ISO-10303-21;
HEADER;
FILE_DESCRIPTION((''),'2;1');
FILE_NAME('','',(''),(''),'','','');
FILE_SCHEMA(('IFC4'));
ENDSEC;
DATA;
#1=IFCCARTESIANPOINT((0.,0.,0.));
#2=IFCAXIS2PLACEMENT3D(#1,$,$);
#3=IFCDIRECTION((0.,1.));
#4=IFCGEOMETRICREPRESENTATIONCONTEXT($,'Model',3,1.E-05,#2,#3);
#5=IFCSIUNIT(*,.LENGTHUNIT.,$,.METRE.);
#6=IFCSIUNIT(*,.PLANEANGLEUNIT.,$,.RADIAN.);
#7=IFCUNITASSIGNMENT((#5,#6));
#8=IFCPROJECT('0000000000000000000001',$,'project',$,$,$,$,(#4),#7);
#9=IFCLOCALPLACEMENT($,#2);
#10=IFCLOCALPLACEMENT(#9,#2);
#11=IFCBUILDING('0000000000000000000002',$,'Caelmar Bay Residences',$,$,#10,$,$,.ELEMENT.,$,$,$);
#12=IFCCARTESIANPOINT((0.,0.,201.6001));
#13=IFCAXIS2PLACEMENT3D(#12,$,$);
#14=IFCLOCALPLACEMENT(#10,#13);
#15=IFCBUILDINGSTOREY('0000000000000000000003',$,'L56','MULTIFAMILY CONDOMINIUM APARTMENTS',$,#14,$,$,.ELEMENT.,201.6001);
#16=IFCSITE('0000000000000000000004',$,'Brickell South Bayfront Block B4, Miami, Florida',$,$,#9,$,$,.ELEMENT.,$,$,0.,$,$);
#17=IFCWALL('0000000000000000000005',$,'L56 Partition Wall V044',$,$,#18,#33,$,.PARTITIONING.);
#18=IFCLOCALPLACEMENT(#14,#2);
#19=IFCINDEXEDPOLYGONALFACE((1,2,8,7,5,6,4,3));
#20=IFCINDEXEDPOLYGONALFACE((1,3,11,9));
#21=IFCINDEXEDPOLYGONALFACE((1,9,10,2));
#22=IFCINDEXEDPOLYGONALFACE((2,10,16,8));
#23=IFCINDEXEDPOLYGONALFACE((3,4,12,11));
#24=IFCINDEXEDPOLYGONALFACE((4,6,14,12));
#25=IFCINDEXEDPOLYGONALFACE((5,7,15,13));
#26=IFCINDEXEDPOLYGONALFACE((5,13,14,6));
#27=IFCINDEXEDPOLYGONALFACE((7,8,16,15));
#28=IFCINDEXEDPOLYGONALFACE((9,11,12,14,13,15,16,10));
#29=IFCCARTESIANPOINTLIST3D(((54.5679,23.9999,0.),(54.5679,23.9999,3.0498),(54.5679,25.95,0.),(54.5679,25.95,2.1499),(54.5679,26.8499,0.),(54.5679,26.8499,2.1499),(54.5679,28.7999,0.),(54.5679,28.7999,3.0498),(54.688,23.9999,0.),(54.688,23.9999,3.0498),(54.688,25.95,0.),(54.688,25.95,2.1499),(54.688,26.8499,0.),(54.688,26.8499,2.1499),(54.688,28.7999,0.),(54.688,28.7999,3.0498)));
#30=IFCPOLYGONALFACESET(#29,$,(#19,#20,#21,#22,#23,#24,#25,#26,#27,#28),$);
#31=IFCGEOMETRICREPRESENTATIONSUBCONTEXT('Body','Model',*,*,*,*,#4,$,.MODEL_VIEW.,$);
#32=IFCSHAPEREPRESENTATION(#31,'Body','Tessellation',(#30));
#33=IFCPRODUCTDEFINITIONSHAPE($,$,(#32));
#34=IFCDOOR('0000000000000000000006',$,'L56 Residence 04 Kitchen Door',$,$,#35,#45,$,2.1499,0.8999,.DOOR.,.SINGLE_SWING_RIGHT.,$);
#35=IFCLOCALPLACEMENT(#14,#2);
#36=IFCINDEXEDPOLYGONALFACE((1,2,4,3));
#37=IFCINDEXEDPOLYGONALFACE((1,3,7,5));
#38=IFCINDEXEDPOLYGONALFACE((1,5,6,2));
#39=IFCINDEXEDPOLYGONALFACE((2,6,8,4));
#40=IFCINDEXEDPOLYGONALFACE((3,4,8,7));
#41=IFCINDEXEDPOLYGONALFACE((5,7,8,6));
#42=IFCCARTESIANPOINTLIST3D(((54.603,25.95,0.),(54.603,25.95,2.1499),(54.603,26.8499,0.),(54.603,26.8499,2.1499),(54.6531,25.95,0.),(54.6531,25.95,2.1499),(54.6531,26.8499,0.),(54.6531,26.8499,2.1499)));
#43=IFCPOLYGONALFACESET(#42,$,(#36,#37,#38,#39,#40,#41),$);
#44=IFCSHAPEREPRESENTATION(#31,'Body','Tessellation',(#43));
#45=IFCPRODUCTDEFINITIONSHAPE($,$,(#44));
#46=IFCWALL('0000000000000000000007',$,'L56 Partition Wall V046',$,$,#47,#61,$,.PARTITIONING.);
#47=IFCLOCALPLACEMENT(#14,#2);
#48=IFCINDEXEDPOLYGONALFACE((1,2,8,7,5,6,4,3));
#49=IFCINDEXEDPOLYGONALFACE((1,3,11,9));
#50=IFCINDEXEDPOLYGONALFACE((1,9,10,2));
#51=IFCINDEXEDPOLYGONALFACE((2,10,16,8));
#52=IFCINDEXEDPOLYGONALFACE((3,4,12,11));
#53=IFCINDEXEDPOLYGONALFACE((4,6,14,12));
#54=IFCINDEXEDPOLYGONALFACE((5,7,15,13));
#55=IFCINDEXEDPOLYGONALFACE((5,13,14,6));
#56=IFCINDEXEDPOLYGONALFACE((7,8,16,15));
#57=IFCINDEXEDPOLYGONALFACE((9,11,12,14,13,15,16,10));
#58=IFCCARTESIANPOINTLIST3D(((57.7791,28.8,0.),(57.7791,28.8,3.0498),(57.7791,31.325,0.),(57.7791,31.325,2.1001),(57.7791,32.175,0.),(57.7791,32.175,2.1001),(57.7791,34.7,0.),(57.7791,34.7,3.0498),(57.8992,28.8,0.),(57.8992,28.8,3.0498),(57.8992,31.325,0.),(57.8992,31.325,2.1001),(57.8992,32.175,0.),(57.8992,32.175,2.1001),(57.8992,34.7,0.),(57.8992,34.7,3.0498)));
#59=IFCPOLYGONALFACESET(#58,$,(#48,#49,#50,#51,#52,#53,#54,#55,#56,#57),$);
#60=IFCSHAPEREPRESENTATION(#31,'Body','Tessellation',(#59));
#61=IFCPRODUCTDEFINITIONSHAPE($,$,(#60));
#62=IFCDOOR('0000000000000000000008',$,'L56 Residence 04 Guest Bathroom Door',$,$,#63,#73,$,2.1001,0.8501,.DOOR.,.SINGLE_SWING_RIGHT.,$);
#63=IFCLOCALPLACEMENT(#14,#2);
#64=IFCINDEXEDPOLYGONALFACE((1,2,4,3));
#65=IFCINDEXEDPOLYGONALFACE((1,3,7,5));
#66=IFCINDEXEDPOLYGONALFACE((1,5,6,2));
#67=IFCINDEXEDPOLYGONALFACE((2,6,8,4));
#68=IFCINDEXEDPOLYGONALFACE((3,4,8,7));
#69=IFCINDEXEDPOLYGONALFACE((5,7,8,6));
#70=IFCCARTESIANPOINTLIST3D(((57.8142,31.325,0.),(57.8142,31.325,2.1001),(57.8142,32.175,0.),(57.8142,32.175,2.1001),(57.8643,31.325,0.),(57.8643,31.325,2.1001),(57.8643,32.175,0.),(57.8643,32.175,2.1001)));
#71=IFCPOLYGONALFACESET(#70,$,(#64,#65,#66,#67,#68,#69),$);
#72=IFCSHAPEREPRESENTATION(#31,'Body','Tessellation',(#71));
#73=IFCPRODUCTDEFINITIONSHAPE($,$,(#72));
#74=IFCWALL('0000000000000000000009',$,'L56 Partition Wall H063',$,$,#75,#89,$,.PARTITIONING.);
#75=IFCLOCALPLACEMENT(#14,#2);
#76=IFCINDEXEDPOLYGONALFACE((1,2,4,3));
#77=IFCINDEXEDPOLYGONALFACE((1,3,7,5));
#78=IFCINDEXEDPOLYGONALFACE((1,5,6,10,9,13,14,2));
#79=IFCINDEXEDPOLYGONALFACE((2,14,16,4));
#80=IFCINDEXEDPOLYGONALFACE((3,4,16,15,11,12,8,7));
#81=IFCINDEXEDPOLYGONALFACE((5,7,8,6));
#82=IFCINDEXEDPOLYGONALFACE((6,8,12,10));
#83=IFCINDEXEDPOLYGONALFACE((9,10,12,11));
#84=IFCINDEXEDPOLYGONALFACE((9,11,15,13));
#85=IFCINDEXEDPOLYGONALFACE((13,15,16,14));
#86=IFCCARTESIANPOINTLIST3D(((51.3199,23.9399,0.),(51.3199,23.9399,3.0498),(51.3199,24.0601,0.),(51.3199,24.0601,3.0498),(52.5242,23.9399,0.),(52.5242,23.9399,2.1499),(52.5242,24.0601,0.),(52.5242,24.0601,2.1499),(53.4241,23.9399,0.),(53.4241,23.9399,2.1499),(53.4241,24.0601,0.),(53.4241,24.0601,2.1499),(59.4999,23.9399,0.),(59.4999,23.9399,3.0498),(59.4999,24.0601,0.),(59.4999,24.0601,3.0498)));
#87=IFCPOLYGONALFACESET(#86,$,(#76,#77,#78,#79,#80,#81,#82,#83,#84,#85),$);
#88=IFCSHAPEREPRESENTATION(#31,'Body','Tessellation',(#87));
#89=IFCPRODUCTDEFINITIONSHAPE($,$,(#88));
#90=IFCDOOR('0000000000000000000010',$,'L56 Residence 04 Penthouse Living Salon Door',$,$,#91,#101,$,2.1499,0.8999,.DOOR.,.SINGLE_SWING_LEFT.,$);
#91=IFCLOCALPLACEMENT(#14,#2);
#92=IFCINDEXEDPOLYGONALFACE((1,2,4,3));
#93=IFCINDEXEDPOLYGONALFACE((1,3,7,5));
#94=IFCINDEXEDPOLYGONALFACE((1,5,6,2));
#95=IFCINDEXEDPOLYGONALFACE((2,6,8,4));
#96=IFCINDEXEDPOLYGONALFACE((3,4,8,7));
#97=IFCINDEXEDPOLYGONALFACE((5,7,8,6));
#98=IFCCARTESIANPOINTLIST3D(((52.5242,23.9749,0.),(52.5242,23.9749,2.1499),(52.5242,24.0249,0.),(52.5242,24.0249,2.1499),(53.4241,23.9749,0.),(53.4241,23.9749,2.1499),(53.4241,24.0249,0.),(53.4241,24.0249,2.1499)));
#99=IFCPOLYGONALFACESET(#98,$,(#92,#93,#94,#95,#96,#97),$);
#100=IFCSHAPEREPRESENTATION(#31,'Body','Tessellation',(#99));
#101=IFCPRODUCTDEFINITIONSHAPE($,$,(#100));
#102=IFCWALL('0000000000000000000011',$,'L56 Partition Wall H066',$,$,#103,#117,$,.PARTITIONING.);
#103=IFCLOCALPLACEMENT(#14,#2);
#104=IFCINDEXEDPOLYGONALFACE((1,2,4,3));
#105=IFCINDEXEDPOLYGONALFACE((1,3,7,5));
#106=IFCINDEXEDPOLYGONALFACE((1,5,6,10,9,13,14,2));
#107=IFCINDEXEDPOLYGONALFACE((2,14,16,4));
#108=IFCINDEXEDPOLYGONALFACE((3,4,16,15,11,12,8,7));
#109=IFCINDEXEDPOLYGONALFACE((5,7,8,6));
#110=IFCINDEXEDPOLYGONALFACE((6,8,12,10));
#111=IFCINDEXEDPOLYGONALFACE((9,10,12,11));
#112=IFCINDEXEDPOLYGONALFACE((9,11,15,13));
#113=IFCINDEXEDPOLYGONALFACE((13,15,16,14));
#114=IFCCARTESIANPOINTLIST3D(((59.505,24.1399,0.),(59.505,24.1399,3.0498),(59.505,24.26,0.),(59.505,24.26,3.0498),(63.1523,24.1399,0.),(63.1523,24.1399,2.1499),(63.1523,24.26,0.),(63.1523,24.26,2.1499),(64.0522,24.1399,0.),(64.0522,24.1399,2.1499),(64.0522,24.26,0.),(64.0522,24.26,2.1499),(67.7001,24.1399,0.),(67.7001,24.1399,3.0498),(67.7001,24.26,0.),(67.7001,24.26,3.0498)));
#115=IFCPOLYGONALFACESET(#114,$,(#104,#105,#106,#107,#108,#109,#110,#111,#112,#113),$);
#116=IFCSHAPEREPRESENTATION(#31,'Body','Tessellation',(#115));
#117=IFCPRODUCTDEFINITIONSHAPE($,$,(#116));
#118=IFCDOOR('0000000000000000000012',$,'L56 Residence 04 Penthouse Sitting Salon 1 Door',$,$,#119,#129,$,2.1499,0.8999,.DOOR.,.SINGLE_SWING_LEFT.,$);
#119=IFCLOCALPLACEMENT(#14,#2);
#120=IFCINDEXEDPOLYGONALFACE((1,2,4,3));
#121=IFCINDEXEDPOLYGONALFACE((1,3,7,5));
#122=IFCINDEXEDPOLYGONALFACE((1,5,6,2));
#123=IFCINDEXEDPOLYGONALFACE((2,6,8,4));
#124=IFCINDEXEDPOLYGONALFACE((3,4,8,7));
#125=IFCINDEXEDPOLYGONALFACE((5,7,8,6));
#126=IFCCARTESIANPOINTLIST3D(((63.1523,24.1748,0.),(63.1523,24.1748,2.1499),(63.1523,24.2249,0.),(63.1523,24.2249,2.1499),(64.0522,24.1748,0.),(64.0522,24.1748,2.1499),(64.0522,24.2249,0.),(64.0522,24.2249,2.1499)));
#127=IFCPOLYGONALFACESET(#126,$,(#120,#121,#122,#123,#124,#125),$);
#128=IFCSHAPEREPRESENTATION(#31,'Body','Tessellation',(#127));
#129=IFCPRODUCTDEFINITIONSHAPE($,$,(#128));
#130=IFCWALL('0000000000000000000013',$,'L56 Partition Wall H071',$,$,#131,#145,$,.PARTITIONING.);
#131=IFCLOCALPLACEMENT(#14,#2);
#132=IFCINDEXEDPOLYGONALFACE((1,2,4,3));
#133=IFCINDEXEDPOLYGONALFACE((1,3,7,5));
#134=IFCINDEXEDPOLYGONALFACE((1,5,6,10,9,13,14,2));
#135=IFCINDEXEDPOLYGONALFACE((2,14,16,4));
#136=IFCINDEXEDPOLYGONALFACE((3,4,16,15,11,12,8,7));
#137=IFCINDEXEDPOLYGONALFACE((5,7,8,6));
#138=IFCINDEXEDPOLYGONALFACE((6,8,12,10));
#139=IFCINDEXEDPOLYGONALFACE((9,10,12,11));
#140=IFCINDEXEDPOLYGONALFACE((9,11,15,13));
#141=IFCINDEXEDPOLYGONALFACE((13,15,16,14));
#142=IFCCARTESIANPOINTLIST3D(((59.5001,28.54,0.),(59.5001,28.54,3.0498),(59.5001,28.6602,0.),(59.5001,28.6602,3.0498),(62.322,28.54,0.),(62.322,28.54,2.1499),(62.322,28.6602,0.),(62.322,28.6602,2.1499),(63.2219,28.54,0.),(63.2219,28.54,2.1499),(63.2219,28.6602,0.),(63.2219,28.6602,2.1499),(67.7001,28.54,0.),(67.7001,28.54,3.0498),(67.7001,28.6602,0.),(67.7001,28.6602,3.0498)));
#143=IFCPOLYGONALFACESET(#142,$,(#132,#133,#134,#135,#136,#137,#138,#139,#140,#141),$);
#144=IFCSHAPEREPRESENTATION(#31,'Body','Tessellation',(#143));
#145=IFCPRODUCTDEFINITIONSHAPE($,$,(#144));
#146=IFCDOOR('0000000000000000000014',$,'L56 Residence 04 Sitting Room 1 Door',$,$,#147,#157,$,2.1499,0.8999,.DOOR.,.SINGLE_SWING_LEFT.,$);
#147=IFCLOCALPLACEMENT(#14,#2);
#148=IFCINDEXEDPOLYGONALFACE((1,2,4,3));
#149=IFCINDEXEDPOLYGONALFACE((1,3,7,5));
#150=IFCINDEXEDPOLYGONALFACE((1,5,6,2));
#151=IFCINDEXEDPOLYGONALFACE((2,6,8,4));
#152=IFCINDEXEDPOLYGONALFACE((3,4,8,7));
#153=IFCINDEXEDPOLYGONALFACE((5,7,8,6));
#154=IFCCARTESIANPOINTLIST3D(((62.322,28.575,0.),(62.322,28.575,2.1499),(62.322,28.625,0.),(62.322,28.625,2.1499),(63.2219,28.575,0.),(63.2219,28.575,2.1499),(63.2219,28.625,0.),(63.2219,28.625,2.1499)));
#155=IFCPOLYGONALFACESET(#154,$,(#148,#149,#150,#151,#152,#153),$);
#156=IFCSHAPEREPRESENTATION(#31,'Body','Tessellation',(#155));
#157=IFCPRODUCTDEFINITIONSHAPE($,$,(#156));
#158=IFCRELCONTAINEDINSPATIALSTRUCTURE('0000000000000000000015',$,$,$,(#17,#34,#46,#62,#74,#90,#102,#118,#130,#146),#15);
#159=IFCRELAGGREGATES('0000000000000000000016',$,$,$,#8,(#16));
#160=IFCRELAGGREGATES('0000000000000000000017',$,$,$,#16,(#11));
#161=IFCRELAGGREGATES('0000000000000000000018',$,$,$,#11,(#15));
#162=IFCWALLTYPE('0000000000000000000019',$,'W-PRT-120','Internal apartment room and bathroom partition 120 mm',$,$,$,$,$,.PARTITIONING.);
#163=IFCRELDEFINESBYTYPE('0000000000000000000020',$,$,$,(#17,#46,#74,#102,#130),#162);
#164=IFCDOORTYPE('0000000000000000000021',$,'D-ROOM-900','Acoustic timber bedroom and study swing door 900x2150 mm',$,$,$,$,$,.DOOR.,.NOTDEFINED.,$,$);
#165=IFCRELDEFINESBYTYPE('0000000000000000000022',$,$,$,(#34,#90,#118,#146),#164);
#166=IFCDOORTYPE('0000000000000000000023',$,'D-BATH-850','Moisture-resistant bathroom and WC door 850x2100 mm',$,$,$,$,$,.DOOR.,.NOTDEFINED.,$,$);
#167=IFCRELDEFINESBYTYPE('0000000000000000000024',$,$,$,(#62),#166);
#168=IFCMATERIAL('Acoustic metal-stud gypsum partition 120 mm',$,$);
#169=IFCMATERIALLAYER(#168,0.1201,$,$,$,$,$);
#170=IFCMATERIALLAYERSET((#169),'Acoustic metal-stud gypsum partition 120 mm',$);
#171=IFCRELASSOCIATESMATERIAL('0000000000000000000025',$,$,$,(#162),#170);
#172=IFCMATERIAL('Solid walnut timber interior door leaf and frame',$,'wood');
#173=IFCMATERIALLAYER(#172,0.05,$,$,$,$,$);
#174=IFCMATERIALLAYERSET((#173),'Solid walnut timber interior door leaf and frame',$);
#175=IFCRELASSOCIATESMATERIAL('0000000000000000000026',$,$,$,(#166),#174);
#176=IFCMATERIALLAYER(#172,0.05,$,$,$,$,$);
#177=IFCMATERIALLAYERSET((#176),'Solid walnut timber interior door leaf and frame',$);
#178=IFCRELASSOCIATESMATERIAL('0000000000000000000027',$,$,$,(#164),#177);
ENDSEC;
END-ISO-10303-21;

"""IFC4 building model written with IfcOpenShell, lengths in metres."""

from ifc_helpers import new_model, si_unit, direction, frame, frame_2d, origin, place, context, subcontext, project, spatial, rectangle, extrude, material, layer, layer_set, type_object, element, fill, save


model = new_model("IFC4")

# Units and contexts
model_context = context("Model", 3, precision=1e-05, world=origin(), true_north=direction((0.0, 1.0)))
body_context = subcontext(model_context, "Body", "Model", "MODEL_VIEW")
ifc_project = project(units=[si_unit("LENGTHUNIT", "METRE"), si_unit("PLANEANGLEUNIT", "RADIAN")], contexts=[model_context])

# Site, building, storey
site_placement = place(None, origin())
site = spatial("IfcSite", under=ifc_project, at=site_placement, Name="Brickell South Bayfront Block B4, Miami, Florida", CompositionType="ELEMENT", RefElevation=0.0)
building_placement = place(site_placement, origin())
building = spatial("IfcBuilding", under=site, at=building_placement, Name="Caelmar Bay Residences", CompositionType="ELEMENT")
storey_placement = place(building_placement, frame((0.0, 0.0, 201.6001)))
storey = spatial("IfcBuildingStorey", under=building, at=storey_placement, Name="L56", Description="MULTIFAMILY CONDOMINIUM APARTMENTS", CompositionType="ELEMENT", Elevation=201.6001)

# Walls, openings, doors
ifc_material_1 = material(Name="Acoustic metal-stud gypsum partition 120 mm")
ifc_layer_1 = layer(ifc_material_1, 0.1201)
ifc_layer_set_1 = layer_set([ifc_layer_1], Name="Acoustic metal-stud gypsum partition 120 mm")
wall_type_1 = type_object("IfcWallType", Name="W-PRT-120", Description="Internal apartment room and bathroom partition 120 mm", PredefinedType="PARTITIONING", material=ifc_layer_set_1)
ifc_material_2 = material(Name="Solid walnut timber interior door leaf and frame", Category="wood")
ifc_layer_2 = layer(ifc_material_2, 0.05)
ifc_layer_set_2 = layer_set([ifc_layer_2], Name="Solid walnut timber interior door leaf and frame")
door_type_1 = type_object("IfcDoorType", Name="D-BATH-850", Description="Moisture-resistant bathroom and WC door 850x2100 mm", OperationType="NOTDEFINED", PredefinedType="DOOR", material=ifc_layer_set_2)
wall_1_placement = place(storey_placement, frame((54.6279, 24.0, 0.0), z_axis=(0.0, 0.0, 1.0), x_axis=(0.0, 1.0, 0.0)))
wall_1 = element("IfcWall", 1, at=wall_1_placement, inside=storey, type_object=wall_type_1, Name="L56 Partition Wall V044", PredefinedType="PARTITIONING", context=body_context, shape_type="SweptSolid", body=[
    extrude(rectangle(XDim=4.8, YDim=0.1201, at=frame_2d((2.3999, 0.0))), origin(), (0.0, 0.0, 1.0), 3.0498),
])
opening_1_placement = place(wall_1_placement, frame((1.95, 0.0, 0.0)))
opening_1 = element("IfcOpeningElement", 2, at=opening_1_placement, cuts=wall_1, PredefinedType="OPENING", context=body_context, shape_type="SweptSolid", body=[
    extrude(rectangle(XDim=0.8999, YDim=2.1499, at=frame_2d((0.45, 1.075))), frame((0.0, 0.0701, 0.0), z_axis=(0.0, -1.0, 0.0), x_axis=(1.0, 0.0, 0.0)), (0.0, 0.0, 1.0), 0.1401),
])
ifc_layer_3 = layer(ifc_material_2, 0.05)
ifc_layer_set_3 = layer_set([ifc_layer_3], Name="Solid walnut timber interior door leaf and frame")
door_type_2 = type_object("IfcDoorType", Name="D-ROOM-900", Description="Acoustic timber bedroom and study swing door 900x2150 mm", OperationType="NOTDEFINED", PredefinedType="DOOR", material=ifc_layer_set_3)
door_1_placement = place(opening_1_placement, origin())
door_1 = element("IfcDoor", 3, at=door_1_placement, inside=storey, type_object=door_type_2, Name="L56 Residence 04 Kitchen Door", OperationType="SINGLE_SWING_RIGHT", OverallHeight=2.1499, OverallWidth=0.8999, PredefinedType="DOOR", context=body_context, shape_type="SweptSolid", body=[
    extrude(rectangle(XDim=0.8999, YDim=2.1499, at=frame_2d((0.45, 1.075))), frame((0.0, 0.0249, 0.0), z_axis=(0.0, -1.0, 0.0), x_axis=(1.0, 0.0, 0.0)), (0.0, 0.0, 1.0), 0.05),
])
fill(opening_1, door_1)
wall_2_placement = place(storey_placement, frame((57.8391, 28.8, 0.0), z_axis=(0.0, 0.0, 1.0), x_axis=(0.0, 1.0, 0.0)))
wall_2 = element("IfcWall", 4, at=wall_2_placement, inside=storey, type_object=wall_type_1, Name="L56 Partition Wall V046", PredefinedType="PARTITIONING", context=body_context, shape_type="SweptSolid", body=[
    extrude(rectangle(XDim=5.8999, YDim=0.1201, at=frame_2d((2.95, 0.0))), origin(), (0.0, 0.0, 1.0), 3.0498),
])
opening_2_placement = place(wall_2_placement, frame((2.5249, 0.0, 0.0)))
opening_2 = element("IfcOpeningElement", 5, at=opening_2_placement, cuts=wall_2, PredefinedType="OPENING", context=body_context, shape_type="SweptSolid", body=[
    extrude(rectangle(XDim=0.8501, YDim=2.1001, at=frame_2d((0.425, 1.05))), frame((0.0, 0.0701, 0.0), z_axis=(0.0, -1.0, 0.0), x_axis=(1.0, 0.0, 0.0)), (0.0, 0.0, 1.0), 0.1401),
])
door_2_placement = place(opening_2_placement, origin())
door_2 = element("IfcDoor", 6, at=door_2_placement, inside=storey, type_object=door_type_1, Name="L56 Residence 04 Guest Bathroom Door", OperationType="SINGLE_SWING_RIGHT", OverallHeight=2.1001, OverallWidth=0.8501, PredefinedType="DOOR", context=body_context, shape_type="SweptSolid", body=[
    extrude(rectangle(XDim=0.8501, YDim=2.1001, at=frame_2d((0.425, 1.05))), frame((0.0, 0.0249, 0.0), z_axis=(0.0, -1.0, 0.0), x_axis=(1.0, 0.0, 0.0)), (0.0, 0.0, 1.0), 0.05),
])
fill(opening_2, door_2)
wall_3_placement = place(storey_placement, frame((51.3201, 24.0, 0.0), z_axis=(0.0, 0.0, 1.0), x_axis=(1.0, 0.0, 0.0)))
wall_3 = element("IfcWall", 7, at=wall_3_placement, inside=storey, type_object=wall_type_1, Name="L56 Partition Wall H063", PredefinedType="PARTITIONING", context=body_context, shape_type="SweptSolid", body=[
    extrude(rectangle(XDim=8.1799, YDim=0.1201, at=frame_2d((4.0898, 0.0))), origin(), (0.0, 0.0, 1.0), 3.0498),
])
opening_3_placement = place(wall_3_placement, frame((1.2041, 0.0, 0.0)))
opening_3 = element("IfcOpeningElement", 8, at=opening_3_placement, cuts=wall_3, PredefinedType="OPENING", context=body_context, shape_type="SweptSolid", body=[
    extrude(rectangle(XDim=0.8999, YDim=2.1499, at=frame_2d((0.45, 1.075))), frame((0.0, 0.0701, 0.0), z_axis=(0.0, -1.0, 0.0), x_axis=(1.0, 0.0, 0.0)), (0.0, 0.0, 1.0), 0.1401),
])
door_3_placement = place(opening_3_placement, origin())
door_3 = element("IfcDoor", 9, at=door_3_placement, inside=storey, type_object=door_type_2, Name="L56 Residence 04 Penthouse Living Salon Door", OperationType="SINGLE_SWING_LEFT", OverallHeight=2.1499, OverallWidth=0.8999, PredefinedType="DOOR", context=body_context, shape_type="SweptSolid", body=[
    extrude(rectangle(XDim=0.8999, YDim=2.1499, at=frame_2d((0.45, 1.075))), frame((0.0, 0.0249, 0.0), z_axis=(0.0, -1.0, 0.0), x_axis=(1.0, 0.0, 0.0)), (0.0, 0.0, 1.0), 0.05),
])
fill(opening_3, door_3)
wall_4_placement = place(storey_placement, frame((59.5049, 24.2, 0.0), z_axis=(0.0, 0.0, 1.0), x_axis=(1.0, 0.0, 0.0)))
wall_4 = element("IfcWall", 10, at=wall_4_placement, inside=storey, type_object=wall_type_1, Name="L56 Partition Wall H066", PredefinedType="PARTITIONING", context=body_context, shape_type="SweptSolid", body=[
    extrude(rectangle(XDim=8.1951, YDim=0.1201, at=frame_2d((4.0977, 0.0))), origin(), (0.0, 0.0, 1.0), 3.0498),
])
opening_4_placement = place(wall_4_placement, frame((3.6475, 0.0, 0.0)))
opening_4 = element("IfcOpeningElement", 11, at=opening_4_placement, cuts=wall_4, PredefinedType="OPENING", context=body_context, shape_type="SweptSolid", body=[
    extrude(rectangle(XDim=0.8999, YDim=2.1499, at=frame_2d((0.45, 1.075))), frame((0.0, 0.0701, 0.0), z_axis=(0.0, -1.0, 0.0), x_axis=(1.0, 0.0, 0.0)), (0.0, 0.0, 1.0), 0.1401),
])
door_4_placement = place(opening_4_placement, origin())
door_4 = element("IfcDoor", 12, at=door_4_placement, inside=storey, type_object=door_type_2, Name="L56 Residence 04 Penthouse Sitting Salon 1 Door", OperationType="SINGLE_SWING_LEFT", OverallHeight=2.1499, OverallWidth=0.8999, PredefinedType="DOOR", context=body_context, shape_type="SweptSolid", body=[
    extrude(rectangle(XDim=0.8999, YDim=2.1499, at=frame_2d((0.45, 1.075))), frame((0.0, 0.0249, 0.0), z_axis=(0.0, -1.0, 0.0), x_axis=(1.0, 0.0, 0.0)), (0.0, 0.0, 1.0), 0.05),
])
fill(opening_4, door_4)
wall_5_placement = place(storey_placement, frame((59.5, 28.6001, 0.0), z_axis=(0.0, 0.0, 1.0), x_axis=(1.0, 0.0, 0.0)))
wall_5 = element("IfcWall", 13, at=wall_5_placement, inside=storey, type_object=wall_type_1, Name="L56 Partition Wall H071", PredefinedType="PARTITIONING", context=body_context, shape_type="SweptSolid", body=[
    extrude(rectangle(XDim=8.2, YDim=0.1201, at=frame_2d((4.1001, 0.0))), origin(), (0.0, 0.0, 1.0), 3.0498),
])
opening_5_placement = place(wall_5_placement, frame((2.822, 0.0, 0.0)))
opening_5 = element("IfcOpeningElement", 14, at=opening_5_placement, cuts=wall_5, PredefinedType="OPENING", context=body_context, shape_type="SweptSolid", body=[
    extrude(rectangle(XDim=0.8999, YDim=2.1499, at=frame_2d((0.45, 1.075))), frame((0.0, 0.0701, 0.0), z_axis=(0.0, -1.0, 0.0), x_axis=(1.0, 0.0, 0.0)), (0.0, 0.0, 1.0), 0.1401),
])
door_5_placement = place(opening_5_placement, origin())
door_5 = element("IfcDoor", 15, at=door_5_placement, inside=storey, type_object=door_type_2, Name="L56 Residence 04 Sitting Room 1 Door", OperationType="SINGLE_SWING_LEFT", OverallHeight=2.1499, OverallWidth=0.8999, PredefinedType="DOOR", context=body_context, shape_type="SweptSolid", body=[
    extrude(rectangle(XDim=0.8999, YDim=2.1499, at=frame_2d((0.45, 1.075))), frame((0.0, 0.0249, 0.0), z_axis=(0.0, -1.0, 0.0), x_axis=(1.0, 0.0, 0.0)), (0.0, 0.0, 1.0), 0.05),
])
fill(opening_5, door_5)

save(model, "model.ifc")
